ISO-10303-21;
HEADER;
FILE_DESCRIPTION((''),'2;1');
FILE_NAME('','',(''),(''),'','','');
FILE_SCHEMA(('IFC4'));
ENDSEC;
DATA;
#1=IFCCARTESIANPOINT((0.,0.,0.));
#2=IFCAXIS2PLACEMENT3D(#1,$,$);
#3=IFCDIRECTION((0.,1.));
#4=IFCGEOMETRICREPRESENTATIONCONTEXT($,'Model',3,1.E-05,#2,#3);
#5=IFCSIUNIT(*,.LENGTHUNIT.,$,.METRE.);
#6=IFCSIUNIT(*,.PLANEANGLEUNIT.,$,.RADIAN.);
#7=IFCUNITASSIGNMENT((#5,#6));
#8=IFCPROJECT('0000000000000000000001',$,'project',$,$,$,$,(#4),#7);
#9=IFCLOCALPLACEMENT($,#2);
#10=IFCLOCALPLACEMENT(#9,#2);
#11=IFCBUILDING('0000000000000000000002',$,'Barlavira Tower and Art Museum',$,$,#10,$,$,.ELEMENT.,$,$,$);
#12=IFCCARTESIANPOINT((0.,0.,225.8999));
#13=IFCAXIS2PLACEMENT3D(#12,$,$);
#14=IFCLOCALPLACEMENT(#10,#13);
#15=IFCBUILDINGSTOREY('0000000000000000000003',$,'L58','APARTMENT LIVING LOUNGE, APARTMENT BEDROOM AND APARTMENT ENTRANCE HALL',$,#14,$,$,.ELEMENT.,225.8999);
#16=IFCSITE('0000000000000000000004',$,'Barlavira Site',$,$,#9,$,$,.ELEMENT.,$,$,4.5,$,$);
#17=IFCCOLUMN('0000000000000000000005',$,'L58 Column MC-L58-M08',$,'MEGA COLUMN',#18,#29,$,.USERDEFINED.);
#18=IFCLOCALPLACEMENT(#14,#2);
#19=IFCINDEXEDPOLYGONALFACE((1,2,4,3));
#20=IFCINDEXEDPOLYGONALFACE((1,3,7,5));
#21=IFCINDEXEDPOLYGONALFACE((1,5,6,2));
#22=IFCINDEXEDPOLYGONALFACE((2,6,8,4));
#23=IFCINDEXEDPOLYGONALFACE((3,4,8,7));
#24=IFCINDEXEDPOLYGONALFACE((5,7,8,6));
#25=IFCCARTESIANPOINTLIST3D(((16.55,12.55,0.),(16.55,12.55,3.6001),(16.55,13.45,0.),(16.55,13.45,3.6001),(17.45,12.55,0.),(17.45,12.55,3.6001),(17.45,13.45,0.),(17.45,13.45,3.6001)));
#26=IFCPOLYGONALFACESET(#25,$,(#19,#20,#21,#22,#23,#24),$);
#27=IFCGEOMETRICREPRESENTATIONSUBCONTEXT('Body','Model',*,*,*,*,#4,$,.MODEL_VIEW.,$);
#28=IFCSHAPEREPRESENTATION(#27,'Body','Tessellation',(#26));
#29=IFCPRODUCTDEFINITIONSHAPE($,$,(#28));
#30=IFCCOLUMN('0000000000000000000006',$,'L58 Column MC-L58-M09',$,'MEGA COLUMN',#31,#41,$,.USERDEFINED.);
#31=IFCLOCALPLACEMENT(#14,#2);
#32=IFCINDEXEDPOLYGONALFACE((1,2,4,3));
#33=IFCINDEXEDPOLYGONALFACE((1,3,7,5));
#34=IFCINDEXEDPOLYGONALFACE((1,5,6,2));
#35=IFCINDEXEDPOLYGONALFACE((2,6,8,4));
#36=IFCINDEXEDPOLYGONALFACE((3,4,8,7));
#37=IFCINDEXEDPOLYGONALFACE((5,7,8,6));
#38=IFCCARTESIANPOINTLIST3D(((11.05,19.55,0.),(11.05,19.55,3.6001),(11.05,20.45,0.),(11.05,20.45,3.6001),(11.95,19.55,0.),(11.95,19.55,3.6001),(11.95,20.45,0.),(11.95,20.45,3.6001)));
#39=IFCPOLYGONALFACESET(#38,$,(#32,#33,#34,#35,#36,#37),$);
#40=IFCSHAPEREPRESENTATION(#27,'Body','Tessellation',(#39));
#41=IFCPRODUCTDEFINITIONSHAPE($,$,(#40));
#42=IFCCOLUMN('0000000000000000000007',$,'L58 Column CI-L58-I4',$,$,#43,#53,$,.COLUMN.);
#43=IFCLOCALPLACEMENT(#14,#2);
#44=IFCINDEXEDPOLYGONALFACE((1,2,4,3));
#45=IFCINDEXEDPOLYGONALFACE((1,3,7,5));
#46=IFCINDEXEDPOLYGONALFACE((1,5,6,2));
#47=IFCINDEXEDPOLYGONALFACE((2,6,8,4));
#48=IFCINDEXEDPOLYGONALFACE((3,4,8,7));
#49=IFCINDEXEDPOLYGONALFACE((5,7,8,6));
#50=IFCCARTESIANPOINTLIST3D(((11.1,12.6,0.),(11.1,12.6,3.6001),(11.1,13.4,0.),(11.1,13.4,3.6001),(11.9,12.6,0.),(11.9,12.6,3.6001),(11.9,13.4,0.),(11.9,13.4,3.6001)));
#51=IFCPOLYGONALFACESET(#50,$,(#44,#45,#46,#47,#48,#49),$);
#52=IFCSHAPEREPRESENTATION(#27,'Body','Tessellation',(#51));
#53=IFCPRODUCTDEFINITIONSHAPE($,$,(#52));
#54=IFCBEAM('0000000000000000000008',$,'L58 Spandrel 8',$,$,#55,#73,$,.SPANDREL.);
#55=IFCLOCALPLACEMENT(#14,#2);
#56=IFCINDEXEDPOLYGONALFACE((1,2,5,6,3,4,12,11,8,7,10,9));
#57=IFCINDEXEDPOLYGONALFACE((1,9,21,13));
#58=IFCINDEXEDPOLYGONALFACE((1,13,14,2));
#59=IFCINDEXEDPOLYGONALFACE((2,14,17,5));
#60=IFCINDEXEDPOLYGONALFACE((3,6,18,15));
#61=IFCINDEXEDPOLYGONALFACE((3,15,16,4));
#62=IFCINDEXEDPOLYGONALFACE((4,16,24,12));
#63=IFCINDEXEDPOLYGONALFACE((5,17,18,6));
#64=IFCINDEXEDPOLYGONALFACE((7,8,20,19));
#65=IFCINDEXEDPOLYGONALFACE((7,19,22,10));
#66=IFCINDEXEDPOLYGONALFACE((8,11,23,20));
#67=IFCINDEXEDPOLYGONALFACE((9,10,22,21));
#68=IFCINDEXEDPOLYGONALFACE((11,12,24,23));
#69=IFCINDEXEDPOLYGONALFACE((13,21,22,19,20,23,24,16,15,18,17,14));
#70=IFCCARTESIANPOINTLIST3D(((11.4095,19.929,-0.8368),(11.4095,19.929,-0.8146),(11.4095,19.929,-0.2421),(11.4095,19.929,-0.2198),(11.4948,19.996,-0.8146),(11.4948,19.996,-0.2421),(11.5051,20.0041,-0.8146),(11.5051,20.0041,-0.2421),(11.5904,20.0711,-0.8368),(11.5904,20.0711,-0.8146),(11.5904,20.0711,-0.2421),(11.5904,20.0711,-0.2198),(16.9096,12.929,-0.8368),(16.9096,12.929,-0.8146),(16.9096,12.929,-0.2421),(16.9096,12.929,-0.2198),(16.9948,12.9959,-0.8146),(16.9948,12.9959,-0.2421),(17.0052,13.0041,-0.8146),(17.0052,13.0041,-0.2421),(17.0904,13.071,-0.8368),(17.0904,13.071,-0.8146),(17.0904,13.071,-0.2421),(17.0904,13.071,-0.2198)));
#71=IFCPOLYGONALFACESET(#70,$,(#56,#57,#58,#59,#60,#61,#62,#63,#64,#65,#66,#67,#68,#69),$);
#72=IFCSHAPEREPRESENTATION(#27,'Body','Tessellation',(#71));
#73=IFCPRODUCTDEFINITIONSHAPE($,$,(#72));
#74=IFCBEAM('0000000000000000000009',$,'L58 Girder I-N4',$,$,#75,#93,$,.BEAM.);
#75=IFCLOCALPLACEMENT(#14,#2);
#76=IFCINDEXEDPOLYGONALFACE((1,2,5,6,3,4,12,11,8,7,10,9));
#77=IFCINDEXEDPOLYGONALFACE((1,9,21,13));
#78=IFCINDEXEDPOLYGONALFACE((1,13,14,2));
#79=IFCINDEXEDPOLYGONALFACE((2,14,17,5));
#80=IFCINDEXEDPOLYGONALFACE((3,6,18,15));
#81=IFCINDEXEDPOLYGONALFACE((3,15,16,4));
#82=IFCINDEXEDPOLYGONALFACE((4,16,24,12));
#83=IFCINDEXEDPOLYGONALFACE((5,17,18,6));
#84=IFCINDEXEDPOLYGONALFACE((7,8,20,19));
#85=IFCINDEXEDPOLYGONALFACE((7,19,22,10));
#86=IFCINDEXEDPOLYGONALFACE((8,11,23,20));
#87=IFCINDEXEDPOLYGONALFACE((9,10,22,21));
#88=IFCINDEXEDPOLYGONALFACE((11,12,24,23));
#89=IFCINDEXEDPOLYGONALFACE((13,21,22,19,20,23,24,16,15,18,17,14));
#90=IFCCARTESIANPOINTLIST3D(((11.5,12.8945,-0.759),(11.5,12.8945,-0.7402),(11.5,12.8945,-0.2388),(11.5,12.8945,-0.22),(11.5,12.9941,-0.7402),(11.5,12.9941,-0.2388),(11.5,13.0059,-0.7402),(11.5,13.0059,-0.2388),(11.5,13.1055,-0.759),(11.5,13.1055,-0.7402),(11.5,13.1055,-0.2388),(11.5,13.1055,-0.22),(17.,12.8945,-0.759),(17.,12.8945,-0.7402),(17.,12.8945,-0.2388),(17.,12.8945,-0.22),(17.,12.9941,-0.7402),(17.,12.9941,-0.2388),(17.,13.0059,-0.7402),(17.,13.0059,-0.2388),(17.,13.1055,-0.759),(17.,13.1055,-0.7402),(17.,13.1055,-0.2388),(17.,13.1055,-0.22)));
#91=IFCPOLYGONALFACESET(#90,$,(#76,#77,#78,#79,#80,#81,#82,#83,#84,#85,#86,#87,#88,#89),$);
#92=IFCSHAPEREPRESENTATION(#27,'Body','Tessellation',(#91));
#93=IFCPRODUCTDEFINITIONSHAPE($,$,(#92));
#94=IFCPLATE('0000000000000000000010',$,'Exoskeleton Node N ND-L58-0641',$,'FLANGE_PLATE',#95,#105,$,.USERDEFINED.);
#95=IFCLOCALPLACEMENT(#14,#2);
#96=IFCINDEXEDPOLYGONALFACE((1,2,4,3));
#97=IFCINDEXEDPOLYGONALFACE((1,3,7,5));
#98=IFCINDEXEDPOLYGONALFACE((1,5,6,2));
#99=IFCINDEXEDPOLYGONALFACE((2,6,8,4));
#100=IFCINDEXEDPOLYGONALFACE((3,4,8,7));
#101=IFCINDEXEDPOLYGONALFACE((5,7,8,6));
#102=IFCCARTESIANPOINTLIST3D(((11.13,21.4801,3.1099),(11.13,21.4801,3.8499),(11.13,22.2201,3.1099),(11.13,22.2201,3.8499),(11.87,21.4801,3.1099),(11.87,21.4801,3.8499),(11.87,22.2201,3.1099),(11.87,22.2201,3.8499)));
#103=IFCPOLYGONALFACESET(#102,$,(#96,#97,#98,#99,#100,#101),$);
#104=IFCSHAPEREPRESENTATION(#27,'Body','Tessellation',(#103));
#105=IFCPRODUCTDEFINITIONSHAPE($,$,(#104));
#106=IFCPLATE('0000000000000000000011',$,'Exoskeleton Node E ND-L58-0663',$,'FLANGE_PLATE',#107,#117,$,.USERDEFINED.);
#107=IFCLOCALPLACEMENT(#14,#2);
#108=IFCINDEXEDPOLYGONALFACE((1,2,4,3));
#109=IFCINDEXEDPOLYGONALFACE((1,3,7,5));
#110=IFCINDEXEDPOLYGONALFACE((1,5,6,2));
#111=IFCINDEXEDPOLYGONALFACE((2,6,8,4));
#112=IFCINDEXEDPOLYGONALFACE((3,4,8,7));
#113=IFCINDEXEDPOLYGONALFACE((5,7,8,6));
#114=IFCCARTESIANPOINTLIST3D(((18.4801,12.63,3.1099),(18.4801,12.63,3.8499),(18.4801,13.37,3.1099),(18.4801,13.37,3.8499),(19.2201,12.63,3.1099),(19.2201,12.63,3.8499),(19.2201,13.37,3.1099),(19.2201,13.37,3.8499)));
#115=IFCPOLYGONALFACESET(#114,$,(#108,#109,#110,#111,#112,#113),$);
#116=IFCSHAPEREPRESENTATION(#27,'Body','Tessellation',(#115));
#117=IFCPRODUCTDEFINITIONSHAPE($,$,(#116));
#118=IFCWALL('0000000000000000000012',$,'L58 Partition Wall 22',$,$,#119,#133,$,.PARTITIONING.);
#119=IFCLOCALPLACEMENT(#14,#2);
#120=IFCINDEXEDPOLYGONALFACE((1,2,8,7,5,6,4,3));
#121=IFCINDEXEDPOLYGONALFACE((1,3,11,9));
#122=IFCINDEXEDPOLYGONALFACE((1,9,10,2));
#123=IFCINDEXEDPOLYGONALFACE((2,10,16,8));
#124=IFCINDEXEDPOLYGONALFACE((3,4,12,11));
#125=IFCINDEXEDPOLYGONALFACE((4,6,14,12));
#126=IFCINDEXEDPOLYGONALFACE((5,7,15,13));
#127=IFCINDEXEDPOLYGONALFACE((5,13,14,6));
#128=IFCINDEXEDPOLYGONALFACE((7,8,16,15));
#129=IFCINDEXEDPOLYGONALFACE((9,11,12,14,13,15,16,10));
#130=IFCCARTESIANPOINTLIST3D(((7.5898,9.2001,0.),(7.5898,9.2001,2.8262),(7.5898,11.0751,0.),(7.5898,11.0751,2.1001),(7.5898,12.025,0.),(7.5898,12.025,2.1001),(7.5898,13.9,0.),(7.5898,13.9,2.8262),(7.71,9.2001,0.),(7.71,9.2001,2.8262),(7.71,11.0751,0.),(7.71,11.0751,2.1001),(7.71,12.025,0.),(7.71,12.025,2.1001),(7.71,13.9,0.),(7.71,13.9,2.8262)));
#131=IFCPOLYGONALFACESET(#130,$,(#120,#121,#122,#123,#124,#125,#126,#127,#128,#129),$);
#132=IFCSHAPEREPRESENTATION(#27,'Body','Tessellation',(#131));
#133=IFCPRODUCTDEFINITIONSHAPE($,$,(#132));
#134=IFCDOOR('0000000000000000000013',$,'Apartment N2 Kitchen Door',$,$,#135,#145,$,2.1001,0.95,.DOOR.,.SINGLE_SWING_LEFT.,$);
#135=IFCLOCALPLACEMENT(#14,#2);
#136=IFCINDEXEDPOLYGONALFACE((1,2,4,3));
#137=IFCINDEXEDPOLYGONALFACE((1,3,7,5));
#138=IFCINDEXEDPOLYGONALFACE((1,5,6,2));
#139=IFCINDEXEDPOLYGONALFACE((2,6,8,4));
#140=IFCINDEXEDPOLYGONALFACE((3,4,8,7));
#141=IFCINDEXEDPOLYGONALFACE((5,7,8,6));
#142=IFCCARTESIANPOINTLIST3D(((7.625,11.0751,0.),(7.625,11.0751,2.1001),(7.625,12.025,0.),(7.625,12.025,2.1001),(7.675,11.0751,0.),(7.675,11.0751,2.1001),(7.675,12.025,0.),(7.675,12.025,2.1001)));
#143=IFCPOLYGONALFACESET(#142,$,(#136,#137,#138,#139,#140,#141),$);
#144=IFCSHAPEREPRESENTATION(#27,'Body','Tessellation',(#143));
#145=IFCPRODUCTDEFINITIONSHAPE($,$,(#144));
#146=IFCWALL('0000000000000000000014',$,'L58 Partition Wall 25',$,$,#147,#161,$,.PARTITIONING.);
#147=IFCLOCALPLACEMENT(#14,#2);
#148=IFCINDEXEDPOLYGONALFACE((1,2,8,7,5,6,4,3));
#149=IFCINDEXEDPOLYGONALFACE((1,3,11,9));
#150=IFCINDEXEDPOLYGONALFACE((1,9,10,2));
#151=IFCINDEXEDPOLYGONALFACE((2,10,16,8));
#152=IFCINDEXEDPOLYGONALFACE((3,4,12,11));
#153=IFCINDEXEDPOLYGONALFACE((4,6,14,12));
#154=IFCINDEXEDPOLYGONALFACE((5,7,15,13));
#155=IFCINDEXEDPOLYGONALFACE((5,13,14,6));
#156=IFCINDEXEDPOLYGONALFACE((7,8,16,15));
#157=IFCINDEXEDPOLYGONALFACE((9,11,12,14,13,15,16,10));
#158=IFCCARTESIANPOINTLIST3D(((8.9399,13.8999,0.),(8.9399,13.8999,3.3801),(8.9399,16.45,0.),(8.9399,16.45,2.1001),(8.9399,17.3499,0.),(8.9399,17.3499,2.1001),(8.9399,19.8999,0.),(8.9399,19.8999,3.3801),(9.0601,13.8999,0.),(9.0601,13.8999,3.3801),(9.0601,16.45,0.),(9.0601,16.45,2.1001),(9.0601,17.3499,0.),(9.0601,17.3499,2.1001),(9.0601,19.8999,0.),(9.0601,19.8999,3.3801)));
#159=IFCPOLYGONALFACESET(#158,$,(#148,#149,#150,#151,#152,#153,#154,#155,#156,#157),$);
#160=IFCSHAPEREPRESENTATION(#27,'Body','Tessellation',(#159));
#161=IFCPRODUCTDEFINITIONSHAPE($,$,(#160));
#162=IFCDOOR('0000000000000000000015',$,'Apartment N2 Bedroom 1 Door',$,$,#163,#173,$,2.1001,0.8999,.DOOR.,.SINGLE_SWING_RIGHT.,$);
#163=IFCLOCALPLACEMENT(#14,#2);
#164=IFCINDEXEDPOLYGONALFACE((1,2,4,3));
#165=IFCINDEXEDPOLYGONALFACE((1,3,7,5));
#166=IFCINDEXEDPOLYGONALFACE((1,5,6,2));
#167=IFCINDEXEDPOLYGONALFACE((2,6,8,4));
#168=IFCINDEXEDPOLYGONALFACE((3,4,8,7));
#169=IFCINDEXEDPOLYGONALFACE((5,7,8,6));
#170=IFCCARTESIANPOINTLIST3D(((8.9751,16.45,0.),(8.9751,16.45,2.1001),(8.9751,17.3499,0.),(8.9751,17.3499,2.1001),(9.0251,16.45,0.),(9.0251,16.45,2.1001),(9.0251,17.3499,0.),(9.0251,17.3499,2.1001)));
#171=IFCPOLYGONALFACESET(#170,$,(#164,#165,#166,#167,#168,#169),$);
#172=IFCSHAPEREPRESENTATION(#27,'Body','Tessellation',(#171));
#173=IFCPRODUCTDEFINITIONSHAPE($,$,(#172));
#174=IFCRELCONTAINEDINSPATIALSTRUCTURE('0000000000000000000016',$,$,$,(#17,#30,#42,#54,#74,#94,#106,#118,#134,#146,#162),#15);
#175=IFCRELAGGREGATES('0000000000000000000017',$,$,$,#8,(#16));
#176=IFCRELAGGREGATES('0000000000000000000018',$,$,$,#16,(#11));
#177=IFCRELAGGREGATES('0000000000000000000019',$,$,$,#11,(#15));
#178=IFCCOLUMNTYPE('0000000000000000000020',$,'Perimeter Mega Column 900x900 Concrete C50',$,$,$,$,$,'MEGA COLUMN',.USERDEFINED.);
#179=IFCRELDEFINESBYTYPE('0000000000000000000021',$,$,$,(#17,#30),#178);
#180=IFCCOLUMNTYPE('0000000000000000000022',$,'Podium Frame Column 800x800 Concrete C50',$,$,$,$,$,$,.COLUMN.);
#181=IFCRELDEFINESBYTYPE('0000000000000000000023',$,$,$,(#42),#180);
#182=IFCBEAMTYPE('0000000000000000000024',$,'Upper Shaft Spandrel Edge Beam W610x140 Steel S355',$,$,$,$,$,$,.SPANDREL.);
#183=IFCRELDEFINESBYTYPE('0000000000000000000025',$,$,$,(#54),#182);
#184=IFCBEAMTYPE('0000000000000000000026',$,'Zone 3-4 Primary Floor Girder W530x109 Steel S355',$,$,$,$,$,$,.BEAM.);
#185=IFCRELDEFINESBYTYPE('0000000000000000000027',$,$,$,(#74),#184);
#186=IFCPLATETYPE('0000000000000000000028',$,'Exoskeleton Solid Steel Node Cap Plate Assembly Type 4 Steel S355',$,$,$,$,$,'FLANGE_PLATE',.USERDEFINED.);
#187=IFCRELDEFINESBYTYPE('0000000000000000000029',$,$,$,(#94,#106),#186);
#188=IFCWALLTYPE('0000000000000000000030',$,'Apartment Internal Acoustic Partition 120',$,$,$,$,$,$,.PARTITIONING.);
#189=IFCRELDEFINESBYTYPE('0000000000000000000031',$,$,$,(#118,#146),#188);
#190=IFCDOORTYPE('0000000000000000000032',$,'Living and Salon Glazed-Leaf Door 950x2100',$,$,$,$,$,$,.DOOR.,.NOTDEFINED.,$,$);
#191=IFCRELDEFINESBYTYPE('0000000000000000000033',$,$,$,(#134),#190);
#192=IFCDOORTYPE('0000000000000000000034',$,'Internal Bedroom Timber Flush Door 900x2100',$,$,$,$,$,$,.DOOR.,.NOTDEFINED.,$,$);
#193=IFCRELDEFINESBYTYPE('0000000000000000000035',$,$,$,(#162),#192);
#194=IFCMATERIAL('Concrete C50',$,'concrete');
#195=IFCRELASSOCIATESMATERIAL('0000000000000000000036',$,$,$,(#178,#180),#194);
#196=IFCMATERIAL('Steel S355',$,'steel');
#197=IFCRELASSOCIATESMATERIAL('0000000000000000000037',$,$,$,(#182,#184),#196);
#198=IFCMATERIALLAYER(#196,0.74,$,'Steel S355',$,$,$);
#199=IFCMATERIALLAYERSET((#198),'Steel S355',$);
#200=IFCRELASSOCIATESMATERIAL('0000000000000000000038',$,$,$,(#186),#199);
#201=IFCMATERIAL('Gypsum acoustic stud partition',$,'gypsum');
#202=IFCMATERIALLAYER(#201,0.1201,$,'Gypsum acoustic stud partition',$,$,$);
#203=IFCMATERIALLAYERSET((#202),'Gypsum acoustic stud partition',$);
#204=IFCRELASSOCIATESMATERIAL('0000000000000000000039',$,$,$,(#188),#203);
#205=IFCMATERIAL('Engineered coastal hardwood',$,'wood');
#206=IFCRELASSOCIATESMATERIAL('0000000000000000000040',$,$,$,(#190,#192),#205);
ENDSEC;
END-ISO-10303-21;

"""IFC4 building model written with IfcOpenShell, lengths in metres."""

from ifc_helpers import new_model, si_unit, direction, frame, frame_2d, origin, origin_2d, place, context, subcontext, project, spatial, rectangle, i_section, extrude, material, layer, layer_set, material_profile, profile_set, type_object, element, fill, save


model = new_model("IFC4")

# Units and contexts
model_context = context("Model", 3, precision=1e-05, world=origin(), true_north=direction((0.0, 1.0)))
body_context = subcontext(model_context, "Body", "Model", "MODEL_VIEW")
ifc_project = project(units=[si_unit("LENGTHUNIT", "METRE"), si_unit("PLANEANGLEUNIT", "RADIAN")], contexts=[model_context])

# Site, building, storey
site_placement = place(None, origin())
site = spatial("IfcSite", under=ifc_project, at=site_placement, Name="Barlavira Site", CompositionType="ELEMENT", RefElevation=4.5)
building_placement = place(site_placement, origin())
building = spatial("IfcBuilding", under=site, at=building_placement, Name="Barlavira Tower and Art Museum", CompositionType="ELEMENT")
storey_placement = place(building_placement, frame((0.0, 0.0, 225.8999)))
storey = spatial("IfcBuildingStorey", under=building, at=storey_placement, Name="L58", Description="APARTMENT LIVING LOUNGE, APARTMENT BEDROOM AND APARTMENT ENTRANCE HALL", CompositionType="ELEMENT", Elevation=225.8999)

# Columns
ifc_material_1 = material(Name="Concrete C50", Category="concrete")
ifc_material_profile_1 = material_profile(ifc_material_1, rectangle(XDim=0.8999, YDim=0.8999, at=origin_2d()), Name="RC-COL 900x900")
ifc_profile_set_1 = profile_set([ifc_material_profile_1], Name="Concrete C50")
column_type_1 = type_object("IfcColumnType", Name="Perimeter Mega Column 900x900 Concrete C50", ElementType="MEGA COLUMN", PredefinedType="USERDEFINED", material=ifc_profile_set_1)
for number, where, z_axis, x_axis, name in (
    (1, (17.0, 13.0, 0.0), (0.0, 0.0, 1.0), (1.0, 0.0, 0.0), "L58 Column MC-L58-M08"),
    (2, (11.5, 20.0, 0.0), (0.0, 0.0, 1.0), (1.0, 0.0, 0.0), "L58 Column MC-L58-M09"),
):
    element("IfcColumn", number, at=place(storey_placement, frame(where, z_axis=z_axis, x_axis=x_axis)), inside=storey, type_object=column_type_1, Name=name, ObjectType="MEGA COLUMN", PredefinedType="USERDEFINED", context=body_context, shape_type="SweptSolid", body=[
        extrude(rectangle(XDim=0.8999, YDim=0.8999, at=origin_2d()), origin(), (0.0, 0.0, 1.0), 3.6001),
    ])
ifc_material_profile_2 = material_profile(ifc_material_1, rectangle(XDim=0.8, YDim=0.8, at=origin_2d()), Name="RC-COL 800x800")
ifc_profile_set_2 = profile_set([ifc_material_profile_2], Name="Concrete C50")
column_type_2 = type_object("IfcColumnType", Name="Podium Frame Column 800x800 Concrete C50", PredefinedType="COLUMN", material=ifc_profile_set_2)
column_placement = place(storey_placement, frame((11.5, 13.0, 0.0), z_axis=(0.0, 0.0, 1.0), x_axis=(1.0, 0.0, 0.0)))
element("IfcColumn", 3, at=column_placement, inside=storey, type_object=column_type_2, Name="L58 Column CI-L58-I4", PredefinedType="COLUMN", context=body_context, shape_type="SweptSolid", body=[
    extrude(rectangle(XDim=0.8, YDim=0.8, at=origin_2d()), origin(), (0.0, 0.0, 1.0), 3.6001),
])

# Beams
ifc_material_2 = material(Name="Steel S355", Category="steel")
ifc_material_profile_3 = material_profile(ifc_material_2, i_section(OverallWidth=0.23, OverallDepth=0.6169, WebThickness=0.0132, FlangeThickness=0.0222, at=origin_2d()), Name="W610x140.0")
ifc_profile_set_3 = profile_set([ifc_material_profile_3], Name="Steel S355")
beam_type_1 = type_object("IfcBeamType", Name="Upper Shaft Spandrel Edge Beam W610x140 Steel S355", PredefinedType="SPANDREL", material=ifc_profile_set_3)
beam_1_placement = place(storey_placement, frame((17.0, 13.0, -0.5283), z_axis=(-0.617822, 0.786318, 0.0), x_axis=(-0.786318, -0.617822, 0.0)))
element("IfcBeam", 4, at=beam_1_placement, inside=storey, type_object=beam_type_1, Name="L58 Spandrel 8", PredefinedType="SPANDREL", context=body_context, shape_type="SweptSolid", body=[
    extrude(i_section(OverallWidth=0.23, OverallDepth=0.6169, WebThickness=0.0132, FlangeThickness=0.0222, at=origin_2d()), origin(), (0.0, 0.0, 1.0), 8.9023),
])
ifc_material_profile_4 = material_profile(ifc_material_2, i_section(OverallWidth=0.2109, OverallDepth=0.5391, WebThickness=0.0117, FlangeThickness=0.0188, at=origin_2d()), Name="W530x109.0")
ifc_profile_set_4 = profile_set([ifc_material_profile_4], Name="Steel S355")
beam_type_2 = type_object("IfcBeamType", Name="Zone 3-4 Primary Floor Girder W530x109 Steel S355", PredefinedType="BEAM", material=ifc_profile_set_4)
beam_2_placement = place(storey_placement, frame((11.5, 13.0, -0.4895), z_axis=(1.0, 0.0, 0.0), x_axis=(0.0, 1.0, 0.0)))
element("IfcBeam", 5, at=beam_2_placement, inside=storey, type_object=beam_type_2, Name="L58 Girder I-N4", PredefinedType="BEAM", context=body_context, shape_type="SweptSolid", body=[
    extrude(i_section(OverallWidth=0.2109, OverallDepth=0.5391, WebThickness=0.0117, FlangeThickness=0.0188, at=origin_2d()), origin(), (0.0, 0.0, 1.0), 5.5),
])

# Plates
ifc_layer_1 = layer(ifc_material_2, 0.74, Name="Steel S355")
ifc_layer_set_1 = layer_set([ifc_layer_1], Name="Steel S355")
plate_type = type_object("IfcPlateType", Name="Exoskeleton Solid Steel Node Cap Plate Assembly Type 4 Steel S355", ElementType="FLANGE_PLATE", PredefinedType="USERDEFINED", material=ifc_layer_set_1)
for number, where, z_axis, x_axis, name in (
    (6, (11.5, 21.8501, 3.1099), (0.0, 0.0, 1.0), (1.0, 0.0, 0.0), "Exoskeleton Node N ND-L58-0641"),
    (7, (18.8501, 13.0, 3.1099), (0.0, 0.0, 1.0), (1.0, 0.0, 0.0), "Exoskeleton Node E ND-L58-0663"),
):
    element("IfcPlate", number, at=place(storey_placement, frame(where, z_axis=z_axis, x_axis=x_axis)), inside=storey, type_object=plate_type, Name=name, ObjectType="FLANGE_PLATE", PredefinedType="USERDEFINED", context=body_context, shape_type="SweptSolid", body=[
        extrude(rectangle(XDim=0.74, YDim=0.74, at=origin_2d()), origin(), (0.0, 0.0, 1.0), 0.74),
    ])

# Walls, openings, doors
ifc_material_3 = material(Name="Gypsum acoustic stud partition", Category="gypsum")
ifc_layer_2 = layer(ifc_material_3, 0.1201, Name="Gypsum acoustic stud partition")
ifc_layer_set_2 = layer_set([ifc_layer_2], Name="Gypsum acoustic stud partition")
wall_type_1 = type_object("IfcWallType", Name="Apartment Internal Acoustic Partition 120", PredefinedType="PARTITIONING", material=ifc_layer_set_2)
wall_1_placement = place(storey_placement, frame((7.6499, 9.2, 0.0), z_axis=(0.0, 0.0, 1.0), x_axis=(0.0, 1.0, 0.0)))
wall_1 = element("IfcWall", 8, at=wall_1_placement, inside=storey, type_object=wall_type_1, Name="L58 Partition Wall 22", PredefinedType="PARTITIONING", context=body_context, shape_type="SweptSolid", body=[
    extrude(rectangle(XDim=4.7, YDim=0.1201, at=frame_2d((2.3501, 0.0))), origin(), (0.0, 0.0, 1.0), 2.8262),
])
opening_1_placement = place(wall_1_placement, frame((1.875, 0.0, 0.0)))
opening_1 = element("IfcOpeningElement", 9, at=opening_1_placement, cuts=wall_1, PredefinedType="OPENING", context=body_context, shape_type="SweptSolid", body=[
    extrude(rectangle(XDim=0.95, YDim=2.1001, at=frame_2d((0.4751, 1.05))), frame((0.0, 0.0701, 0.0), z_axis=(0.0, -1.0, 0.0), x_axis=(1.0, 0.0, 0.0)), (0.0, 0.0, 1.0), 0.1401),
])
ifc_material_4 = material(Name="Engineered coastal hardwood", Category="wood")
door_type_1 = type_object("IfcDoorType", Name="Living and Salon Glazed-Leaf Door 950x2100", OperationType="NOTDEFINED", PredefinedType="DOOR", material=ifc_material_4)
door_1_placement = place(opening_1_placement, origin())
door_1 = element("IfcDoor", 10, at=door_1_placement, inside=storey, type_object=door_type_1, Name="Apartment N2 Kitchen Door", OperationType="SINGLE_SWING_LEFT", OverallHeight=2.1001, OverallWidth=0.95, PredefinedType="DOOR", context=body_context, shape_type="SweptSolid", body=[
    extrude(rectangle(XDim=0.95, YDim=2.1001, at=frame_2d((0.4751, 1.05))), frame((0.0, 0.0249, 0.0), z_axis=(0.0, -1.0, 0.0), x_axis=(1.0, 0.0, 0.0)), (0.0, 0.0, 1.0), 0.05),
])
fill(opening_1, door_1)
wall_2_placement = place(storey_placement, frame((9.0, 13.8999, 0.0), z_axis=(0.0, 0.0, 1.0), x_axis=(0.0, 1.0, 0.0)))
wall_2 = element("IfcWall", 11, at=wall_2_placement, inside=storey, type_object=wall_type_1, Name="L58 Partition Wall 25", PredefinedType="PARTITIONING", context=body_context, shape_type="SweptSolid", body=[
    extrude(rectangle(XDim=6.0, YDim=0.1201, at=frame_2d((3.0, 0.0))), origin(), (0.0, 0.0, 1.0), 3.3801),
])
opening_2_placement = place(wall_2_placement, frame((2.55, 0.0, 0.0)))
opening_2 = element("IfcOpeningElement", 12, at=opening_2_placement, cuts=wall_2, PredefinedType="OPENING", context=body_context, shape_type="SweptSolid", body=[
    extrude(rectangle(XDim=0.8999, YDim=2.1001, at=frame_2d((0.45, 1.05))), frame((0.0, 0.0701, 0.0), z_axis=(0.0, -1.0, 0.0), x_axis=(1.0, 0.0, 0.0)), (0.0, 0.0, 1.0), 0.1401),
])
door_type_2 = type_object("IfcDoorType", Name="Internal Bedroom Timber Flush Door 900x2100", OperationType="NOTDEFINED", PredefinedType="DOOR", material=ifc_material_4)
door_2_placement = place(opening_2_placement, origin())
door_2 = element("IfcDoor", 13, at=door_2_placement, inside=storey, type_object=door_type_2, Name="Apartment N2 Bedroom 1 Door", OperationType="SINGLE_SWING_RIGHT", OverallHeight=2.1001, OverallWidth=0.8999, PredefinedType="DOOR", context=body_context, shape_type="SweptSolid", body=[
    extrude(rectangle(XDim=0.8999, YDim=2.1001, at=frame_2d((0.45, 1.05))), frame((0.0, 0.0249, 0.0), z_axis=(0.0, -1.0, 0.0), x_axis=(1.0, 0.0, 0.0)), (0.0, 0.0, 1.0), 0.05),
])
fill(opening_2, door_2)

save(model, "model.ifc")
